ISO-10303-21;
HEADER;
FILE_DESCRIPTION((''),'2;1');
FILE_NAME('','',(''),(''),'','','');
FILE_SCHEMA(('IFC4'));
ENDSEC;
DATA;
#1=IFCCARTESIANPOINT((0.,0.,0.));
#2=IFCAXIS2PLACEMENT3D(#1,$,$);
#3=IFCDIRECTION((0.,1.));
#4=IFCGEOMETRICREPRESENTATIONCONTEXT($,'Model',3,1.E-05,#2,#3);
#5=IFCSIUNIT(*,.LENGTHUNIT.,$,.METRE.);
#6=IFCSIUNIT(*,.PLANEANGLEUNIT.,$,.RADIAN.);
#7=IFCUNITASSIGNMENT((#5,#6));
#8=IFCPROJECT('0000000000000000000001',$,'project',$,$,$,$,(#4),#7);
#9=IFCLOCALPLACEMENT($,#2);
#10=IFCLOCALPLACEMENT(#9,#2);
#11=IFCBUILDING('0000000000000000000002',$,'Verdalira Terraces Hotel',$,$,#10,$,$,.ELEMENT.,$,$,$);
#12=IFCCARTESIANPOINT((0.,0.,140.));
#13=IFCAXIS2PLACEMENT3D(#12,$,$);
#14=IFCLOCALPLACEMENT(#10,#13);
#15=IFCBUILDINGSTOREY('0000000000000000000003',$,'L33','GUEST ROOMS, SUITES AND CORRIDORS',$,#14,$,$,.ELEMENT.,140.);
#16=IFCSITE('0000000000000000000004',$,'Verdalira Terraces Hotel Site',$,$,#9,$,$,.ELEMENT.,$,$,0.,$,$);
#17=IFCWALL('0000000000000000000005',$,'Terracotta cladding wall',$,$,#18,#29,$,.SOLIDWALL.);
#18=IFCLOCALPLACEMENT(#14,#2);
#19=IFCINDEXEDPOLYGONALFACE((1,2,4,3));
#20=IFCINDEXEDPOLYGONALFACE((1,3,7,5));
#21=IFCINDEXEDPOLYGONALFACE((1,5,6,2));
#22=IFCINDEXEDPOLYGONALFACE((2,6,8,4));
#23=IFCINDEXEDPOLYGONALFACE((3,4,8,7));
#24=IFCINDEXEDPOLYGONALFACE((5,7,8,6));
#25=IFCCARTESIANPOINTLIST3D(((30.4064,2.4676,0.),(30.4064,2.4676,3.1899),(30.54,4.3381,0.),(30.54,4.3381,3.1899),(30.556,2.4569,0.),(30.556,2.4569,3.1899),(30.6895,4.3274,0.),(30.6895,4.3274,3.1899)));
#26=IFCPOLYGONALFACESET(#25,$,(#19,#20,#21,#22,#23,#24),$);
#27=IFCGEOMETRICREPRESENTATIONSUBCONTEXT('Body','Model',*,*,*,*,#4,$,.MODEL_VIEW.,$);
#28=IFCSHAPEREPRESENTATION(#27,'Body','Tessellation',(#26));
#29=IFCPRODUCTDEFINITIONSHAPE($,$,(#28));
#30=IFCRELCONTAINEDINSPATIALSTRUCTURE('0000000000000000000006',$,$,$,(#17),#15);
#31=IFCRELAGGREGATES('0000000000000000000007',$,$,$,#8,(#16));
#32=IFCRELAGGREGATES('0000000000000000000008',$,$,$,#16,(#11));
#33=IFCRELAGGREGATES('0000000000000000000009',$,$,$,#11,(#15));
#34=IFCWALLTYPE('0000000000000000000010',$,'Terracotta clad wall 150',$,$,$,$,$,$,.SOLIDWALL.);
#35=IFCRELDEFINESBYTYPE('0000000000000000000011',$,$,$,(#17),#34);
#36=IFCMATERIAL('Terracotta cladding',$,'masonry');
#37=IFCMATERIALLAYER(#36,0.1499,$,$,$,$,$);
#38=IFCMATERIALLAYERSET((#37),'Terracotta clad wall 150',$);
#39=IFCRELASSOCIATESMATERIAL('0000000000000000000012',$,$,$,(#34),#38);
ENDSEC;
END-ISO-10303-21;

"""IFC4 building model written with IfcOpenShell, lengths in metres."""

from ifc_helpers import new_model, si_unit, direction, frame, frame_2d, origin, place, context, subcontext, project, spatial, rectangle, extrude, material, layer, layer_set, type_object, element, save


model = new_model("IFC4")

# Units and contexts
model_context = context("Model", 3, precision=1e-05, world=origin(), true_north=direction((0.0, 1.0)))
body_context = subcontext(model_context, "Body", "Model", "MODEL_VIEW")
ifc_project = project(units=[si_unit("LENGTHUNIT", "METRE"), si_unit("PLANEANGLEUNIT", "RADIAN")], contexts=[model_context])

# Site, building, storey
site_placement = place(None, origin())
site = spatial("IfcSite", under=ifc_project, at=site_placement, Name="Verdalira Terraces Hotel Site", CompositionType="ELEMENT", RefElevation=0.0)
building_placement = place(site_placement, origin())
building = spatial("IfcBuilding", under=site, at=building_placement, Name="Verdalira Terraces Hotel", CompositionType="ELEMENT")
storey_placement = place(building_placement, frame((0.0, 0.0, 140.0)))
storey = spatial("IfcBuildingStorey", under=building, at=storey_placement, Name="L33", Description="GUEST ROOMS, SUITES AND CORRIDORS", CompositionType="ELEMENT", Elevation=140.0)

# Wall
ifc_material_1 = material(Name="Terracotta cladding", Category="masonry")
ifc_layer_1 = layer(ifc_material_1, 0.1499)
ifc_layer_set_1 = layer_set([ifc_layer_1], Name="Terracotta clad wall 150")
wall_type_1 = type_object("IfcWallType", Name="Terracotta clad wall 150", PredefinedType="SOLIDWALL", material=ifc_layer_set_1)
wall_1_placement = place(storey_placement, frame((30.4812, 2.4624, 0.0), z_axis=(0.0, 0.0, 1.0), x_axis=(0.071219, 0.997461, 0.0)))
element("IfcWall", 1, at=wall_1_placement, inside=storey, type_object=wall_type_1, Name="Terracotta cladding wall", PredefinedType="SOLIDWALL", context=body_context, shape_type="SweptSolid", body=[
    extrude(rectangle(XDim=1.8752, YDim=0.1499, at=frame_2d((0.9375, 0.0))), origin(), (0.0, 0.0, 1.0), 3.1899),
])

save(model, "model.ifc")
